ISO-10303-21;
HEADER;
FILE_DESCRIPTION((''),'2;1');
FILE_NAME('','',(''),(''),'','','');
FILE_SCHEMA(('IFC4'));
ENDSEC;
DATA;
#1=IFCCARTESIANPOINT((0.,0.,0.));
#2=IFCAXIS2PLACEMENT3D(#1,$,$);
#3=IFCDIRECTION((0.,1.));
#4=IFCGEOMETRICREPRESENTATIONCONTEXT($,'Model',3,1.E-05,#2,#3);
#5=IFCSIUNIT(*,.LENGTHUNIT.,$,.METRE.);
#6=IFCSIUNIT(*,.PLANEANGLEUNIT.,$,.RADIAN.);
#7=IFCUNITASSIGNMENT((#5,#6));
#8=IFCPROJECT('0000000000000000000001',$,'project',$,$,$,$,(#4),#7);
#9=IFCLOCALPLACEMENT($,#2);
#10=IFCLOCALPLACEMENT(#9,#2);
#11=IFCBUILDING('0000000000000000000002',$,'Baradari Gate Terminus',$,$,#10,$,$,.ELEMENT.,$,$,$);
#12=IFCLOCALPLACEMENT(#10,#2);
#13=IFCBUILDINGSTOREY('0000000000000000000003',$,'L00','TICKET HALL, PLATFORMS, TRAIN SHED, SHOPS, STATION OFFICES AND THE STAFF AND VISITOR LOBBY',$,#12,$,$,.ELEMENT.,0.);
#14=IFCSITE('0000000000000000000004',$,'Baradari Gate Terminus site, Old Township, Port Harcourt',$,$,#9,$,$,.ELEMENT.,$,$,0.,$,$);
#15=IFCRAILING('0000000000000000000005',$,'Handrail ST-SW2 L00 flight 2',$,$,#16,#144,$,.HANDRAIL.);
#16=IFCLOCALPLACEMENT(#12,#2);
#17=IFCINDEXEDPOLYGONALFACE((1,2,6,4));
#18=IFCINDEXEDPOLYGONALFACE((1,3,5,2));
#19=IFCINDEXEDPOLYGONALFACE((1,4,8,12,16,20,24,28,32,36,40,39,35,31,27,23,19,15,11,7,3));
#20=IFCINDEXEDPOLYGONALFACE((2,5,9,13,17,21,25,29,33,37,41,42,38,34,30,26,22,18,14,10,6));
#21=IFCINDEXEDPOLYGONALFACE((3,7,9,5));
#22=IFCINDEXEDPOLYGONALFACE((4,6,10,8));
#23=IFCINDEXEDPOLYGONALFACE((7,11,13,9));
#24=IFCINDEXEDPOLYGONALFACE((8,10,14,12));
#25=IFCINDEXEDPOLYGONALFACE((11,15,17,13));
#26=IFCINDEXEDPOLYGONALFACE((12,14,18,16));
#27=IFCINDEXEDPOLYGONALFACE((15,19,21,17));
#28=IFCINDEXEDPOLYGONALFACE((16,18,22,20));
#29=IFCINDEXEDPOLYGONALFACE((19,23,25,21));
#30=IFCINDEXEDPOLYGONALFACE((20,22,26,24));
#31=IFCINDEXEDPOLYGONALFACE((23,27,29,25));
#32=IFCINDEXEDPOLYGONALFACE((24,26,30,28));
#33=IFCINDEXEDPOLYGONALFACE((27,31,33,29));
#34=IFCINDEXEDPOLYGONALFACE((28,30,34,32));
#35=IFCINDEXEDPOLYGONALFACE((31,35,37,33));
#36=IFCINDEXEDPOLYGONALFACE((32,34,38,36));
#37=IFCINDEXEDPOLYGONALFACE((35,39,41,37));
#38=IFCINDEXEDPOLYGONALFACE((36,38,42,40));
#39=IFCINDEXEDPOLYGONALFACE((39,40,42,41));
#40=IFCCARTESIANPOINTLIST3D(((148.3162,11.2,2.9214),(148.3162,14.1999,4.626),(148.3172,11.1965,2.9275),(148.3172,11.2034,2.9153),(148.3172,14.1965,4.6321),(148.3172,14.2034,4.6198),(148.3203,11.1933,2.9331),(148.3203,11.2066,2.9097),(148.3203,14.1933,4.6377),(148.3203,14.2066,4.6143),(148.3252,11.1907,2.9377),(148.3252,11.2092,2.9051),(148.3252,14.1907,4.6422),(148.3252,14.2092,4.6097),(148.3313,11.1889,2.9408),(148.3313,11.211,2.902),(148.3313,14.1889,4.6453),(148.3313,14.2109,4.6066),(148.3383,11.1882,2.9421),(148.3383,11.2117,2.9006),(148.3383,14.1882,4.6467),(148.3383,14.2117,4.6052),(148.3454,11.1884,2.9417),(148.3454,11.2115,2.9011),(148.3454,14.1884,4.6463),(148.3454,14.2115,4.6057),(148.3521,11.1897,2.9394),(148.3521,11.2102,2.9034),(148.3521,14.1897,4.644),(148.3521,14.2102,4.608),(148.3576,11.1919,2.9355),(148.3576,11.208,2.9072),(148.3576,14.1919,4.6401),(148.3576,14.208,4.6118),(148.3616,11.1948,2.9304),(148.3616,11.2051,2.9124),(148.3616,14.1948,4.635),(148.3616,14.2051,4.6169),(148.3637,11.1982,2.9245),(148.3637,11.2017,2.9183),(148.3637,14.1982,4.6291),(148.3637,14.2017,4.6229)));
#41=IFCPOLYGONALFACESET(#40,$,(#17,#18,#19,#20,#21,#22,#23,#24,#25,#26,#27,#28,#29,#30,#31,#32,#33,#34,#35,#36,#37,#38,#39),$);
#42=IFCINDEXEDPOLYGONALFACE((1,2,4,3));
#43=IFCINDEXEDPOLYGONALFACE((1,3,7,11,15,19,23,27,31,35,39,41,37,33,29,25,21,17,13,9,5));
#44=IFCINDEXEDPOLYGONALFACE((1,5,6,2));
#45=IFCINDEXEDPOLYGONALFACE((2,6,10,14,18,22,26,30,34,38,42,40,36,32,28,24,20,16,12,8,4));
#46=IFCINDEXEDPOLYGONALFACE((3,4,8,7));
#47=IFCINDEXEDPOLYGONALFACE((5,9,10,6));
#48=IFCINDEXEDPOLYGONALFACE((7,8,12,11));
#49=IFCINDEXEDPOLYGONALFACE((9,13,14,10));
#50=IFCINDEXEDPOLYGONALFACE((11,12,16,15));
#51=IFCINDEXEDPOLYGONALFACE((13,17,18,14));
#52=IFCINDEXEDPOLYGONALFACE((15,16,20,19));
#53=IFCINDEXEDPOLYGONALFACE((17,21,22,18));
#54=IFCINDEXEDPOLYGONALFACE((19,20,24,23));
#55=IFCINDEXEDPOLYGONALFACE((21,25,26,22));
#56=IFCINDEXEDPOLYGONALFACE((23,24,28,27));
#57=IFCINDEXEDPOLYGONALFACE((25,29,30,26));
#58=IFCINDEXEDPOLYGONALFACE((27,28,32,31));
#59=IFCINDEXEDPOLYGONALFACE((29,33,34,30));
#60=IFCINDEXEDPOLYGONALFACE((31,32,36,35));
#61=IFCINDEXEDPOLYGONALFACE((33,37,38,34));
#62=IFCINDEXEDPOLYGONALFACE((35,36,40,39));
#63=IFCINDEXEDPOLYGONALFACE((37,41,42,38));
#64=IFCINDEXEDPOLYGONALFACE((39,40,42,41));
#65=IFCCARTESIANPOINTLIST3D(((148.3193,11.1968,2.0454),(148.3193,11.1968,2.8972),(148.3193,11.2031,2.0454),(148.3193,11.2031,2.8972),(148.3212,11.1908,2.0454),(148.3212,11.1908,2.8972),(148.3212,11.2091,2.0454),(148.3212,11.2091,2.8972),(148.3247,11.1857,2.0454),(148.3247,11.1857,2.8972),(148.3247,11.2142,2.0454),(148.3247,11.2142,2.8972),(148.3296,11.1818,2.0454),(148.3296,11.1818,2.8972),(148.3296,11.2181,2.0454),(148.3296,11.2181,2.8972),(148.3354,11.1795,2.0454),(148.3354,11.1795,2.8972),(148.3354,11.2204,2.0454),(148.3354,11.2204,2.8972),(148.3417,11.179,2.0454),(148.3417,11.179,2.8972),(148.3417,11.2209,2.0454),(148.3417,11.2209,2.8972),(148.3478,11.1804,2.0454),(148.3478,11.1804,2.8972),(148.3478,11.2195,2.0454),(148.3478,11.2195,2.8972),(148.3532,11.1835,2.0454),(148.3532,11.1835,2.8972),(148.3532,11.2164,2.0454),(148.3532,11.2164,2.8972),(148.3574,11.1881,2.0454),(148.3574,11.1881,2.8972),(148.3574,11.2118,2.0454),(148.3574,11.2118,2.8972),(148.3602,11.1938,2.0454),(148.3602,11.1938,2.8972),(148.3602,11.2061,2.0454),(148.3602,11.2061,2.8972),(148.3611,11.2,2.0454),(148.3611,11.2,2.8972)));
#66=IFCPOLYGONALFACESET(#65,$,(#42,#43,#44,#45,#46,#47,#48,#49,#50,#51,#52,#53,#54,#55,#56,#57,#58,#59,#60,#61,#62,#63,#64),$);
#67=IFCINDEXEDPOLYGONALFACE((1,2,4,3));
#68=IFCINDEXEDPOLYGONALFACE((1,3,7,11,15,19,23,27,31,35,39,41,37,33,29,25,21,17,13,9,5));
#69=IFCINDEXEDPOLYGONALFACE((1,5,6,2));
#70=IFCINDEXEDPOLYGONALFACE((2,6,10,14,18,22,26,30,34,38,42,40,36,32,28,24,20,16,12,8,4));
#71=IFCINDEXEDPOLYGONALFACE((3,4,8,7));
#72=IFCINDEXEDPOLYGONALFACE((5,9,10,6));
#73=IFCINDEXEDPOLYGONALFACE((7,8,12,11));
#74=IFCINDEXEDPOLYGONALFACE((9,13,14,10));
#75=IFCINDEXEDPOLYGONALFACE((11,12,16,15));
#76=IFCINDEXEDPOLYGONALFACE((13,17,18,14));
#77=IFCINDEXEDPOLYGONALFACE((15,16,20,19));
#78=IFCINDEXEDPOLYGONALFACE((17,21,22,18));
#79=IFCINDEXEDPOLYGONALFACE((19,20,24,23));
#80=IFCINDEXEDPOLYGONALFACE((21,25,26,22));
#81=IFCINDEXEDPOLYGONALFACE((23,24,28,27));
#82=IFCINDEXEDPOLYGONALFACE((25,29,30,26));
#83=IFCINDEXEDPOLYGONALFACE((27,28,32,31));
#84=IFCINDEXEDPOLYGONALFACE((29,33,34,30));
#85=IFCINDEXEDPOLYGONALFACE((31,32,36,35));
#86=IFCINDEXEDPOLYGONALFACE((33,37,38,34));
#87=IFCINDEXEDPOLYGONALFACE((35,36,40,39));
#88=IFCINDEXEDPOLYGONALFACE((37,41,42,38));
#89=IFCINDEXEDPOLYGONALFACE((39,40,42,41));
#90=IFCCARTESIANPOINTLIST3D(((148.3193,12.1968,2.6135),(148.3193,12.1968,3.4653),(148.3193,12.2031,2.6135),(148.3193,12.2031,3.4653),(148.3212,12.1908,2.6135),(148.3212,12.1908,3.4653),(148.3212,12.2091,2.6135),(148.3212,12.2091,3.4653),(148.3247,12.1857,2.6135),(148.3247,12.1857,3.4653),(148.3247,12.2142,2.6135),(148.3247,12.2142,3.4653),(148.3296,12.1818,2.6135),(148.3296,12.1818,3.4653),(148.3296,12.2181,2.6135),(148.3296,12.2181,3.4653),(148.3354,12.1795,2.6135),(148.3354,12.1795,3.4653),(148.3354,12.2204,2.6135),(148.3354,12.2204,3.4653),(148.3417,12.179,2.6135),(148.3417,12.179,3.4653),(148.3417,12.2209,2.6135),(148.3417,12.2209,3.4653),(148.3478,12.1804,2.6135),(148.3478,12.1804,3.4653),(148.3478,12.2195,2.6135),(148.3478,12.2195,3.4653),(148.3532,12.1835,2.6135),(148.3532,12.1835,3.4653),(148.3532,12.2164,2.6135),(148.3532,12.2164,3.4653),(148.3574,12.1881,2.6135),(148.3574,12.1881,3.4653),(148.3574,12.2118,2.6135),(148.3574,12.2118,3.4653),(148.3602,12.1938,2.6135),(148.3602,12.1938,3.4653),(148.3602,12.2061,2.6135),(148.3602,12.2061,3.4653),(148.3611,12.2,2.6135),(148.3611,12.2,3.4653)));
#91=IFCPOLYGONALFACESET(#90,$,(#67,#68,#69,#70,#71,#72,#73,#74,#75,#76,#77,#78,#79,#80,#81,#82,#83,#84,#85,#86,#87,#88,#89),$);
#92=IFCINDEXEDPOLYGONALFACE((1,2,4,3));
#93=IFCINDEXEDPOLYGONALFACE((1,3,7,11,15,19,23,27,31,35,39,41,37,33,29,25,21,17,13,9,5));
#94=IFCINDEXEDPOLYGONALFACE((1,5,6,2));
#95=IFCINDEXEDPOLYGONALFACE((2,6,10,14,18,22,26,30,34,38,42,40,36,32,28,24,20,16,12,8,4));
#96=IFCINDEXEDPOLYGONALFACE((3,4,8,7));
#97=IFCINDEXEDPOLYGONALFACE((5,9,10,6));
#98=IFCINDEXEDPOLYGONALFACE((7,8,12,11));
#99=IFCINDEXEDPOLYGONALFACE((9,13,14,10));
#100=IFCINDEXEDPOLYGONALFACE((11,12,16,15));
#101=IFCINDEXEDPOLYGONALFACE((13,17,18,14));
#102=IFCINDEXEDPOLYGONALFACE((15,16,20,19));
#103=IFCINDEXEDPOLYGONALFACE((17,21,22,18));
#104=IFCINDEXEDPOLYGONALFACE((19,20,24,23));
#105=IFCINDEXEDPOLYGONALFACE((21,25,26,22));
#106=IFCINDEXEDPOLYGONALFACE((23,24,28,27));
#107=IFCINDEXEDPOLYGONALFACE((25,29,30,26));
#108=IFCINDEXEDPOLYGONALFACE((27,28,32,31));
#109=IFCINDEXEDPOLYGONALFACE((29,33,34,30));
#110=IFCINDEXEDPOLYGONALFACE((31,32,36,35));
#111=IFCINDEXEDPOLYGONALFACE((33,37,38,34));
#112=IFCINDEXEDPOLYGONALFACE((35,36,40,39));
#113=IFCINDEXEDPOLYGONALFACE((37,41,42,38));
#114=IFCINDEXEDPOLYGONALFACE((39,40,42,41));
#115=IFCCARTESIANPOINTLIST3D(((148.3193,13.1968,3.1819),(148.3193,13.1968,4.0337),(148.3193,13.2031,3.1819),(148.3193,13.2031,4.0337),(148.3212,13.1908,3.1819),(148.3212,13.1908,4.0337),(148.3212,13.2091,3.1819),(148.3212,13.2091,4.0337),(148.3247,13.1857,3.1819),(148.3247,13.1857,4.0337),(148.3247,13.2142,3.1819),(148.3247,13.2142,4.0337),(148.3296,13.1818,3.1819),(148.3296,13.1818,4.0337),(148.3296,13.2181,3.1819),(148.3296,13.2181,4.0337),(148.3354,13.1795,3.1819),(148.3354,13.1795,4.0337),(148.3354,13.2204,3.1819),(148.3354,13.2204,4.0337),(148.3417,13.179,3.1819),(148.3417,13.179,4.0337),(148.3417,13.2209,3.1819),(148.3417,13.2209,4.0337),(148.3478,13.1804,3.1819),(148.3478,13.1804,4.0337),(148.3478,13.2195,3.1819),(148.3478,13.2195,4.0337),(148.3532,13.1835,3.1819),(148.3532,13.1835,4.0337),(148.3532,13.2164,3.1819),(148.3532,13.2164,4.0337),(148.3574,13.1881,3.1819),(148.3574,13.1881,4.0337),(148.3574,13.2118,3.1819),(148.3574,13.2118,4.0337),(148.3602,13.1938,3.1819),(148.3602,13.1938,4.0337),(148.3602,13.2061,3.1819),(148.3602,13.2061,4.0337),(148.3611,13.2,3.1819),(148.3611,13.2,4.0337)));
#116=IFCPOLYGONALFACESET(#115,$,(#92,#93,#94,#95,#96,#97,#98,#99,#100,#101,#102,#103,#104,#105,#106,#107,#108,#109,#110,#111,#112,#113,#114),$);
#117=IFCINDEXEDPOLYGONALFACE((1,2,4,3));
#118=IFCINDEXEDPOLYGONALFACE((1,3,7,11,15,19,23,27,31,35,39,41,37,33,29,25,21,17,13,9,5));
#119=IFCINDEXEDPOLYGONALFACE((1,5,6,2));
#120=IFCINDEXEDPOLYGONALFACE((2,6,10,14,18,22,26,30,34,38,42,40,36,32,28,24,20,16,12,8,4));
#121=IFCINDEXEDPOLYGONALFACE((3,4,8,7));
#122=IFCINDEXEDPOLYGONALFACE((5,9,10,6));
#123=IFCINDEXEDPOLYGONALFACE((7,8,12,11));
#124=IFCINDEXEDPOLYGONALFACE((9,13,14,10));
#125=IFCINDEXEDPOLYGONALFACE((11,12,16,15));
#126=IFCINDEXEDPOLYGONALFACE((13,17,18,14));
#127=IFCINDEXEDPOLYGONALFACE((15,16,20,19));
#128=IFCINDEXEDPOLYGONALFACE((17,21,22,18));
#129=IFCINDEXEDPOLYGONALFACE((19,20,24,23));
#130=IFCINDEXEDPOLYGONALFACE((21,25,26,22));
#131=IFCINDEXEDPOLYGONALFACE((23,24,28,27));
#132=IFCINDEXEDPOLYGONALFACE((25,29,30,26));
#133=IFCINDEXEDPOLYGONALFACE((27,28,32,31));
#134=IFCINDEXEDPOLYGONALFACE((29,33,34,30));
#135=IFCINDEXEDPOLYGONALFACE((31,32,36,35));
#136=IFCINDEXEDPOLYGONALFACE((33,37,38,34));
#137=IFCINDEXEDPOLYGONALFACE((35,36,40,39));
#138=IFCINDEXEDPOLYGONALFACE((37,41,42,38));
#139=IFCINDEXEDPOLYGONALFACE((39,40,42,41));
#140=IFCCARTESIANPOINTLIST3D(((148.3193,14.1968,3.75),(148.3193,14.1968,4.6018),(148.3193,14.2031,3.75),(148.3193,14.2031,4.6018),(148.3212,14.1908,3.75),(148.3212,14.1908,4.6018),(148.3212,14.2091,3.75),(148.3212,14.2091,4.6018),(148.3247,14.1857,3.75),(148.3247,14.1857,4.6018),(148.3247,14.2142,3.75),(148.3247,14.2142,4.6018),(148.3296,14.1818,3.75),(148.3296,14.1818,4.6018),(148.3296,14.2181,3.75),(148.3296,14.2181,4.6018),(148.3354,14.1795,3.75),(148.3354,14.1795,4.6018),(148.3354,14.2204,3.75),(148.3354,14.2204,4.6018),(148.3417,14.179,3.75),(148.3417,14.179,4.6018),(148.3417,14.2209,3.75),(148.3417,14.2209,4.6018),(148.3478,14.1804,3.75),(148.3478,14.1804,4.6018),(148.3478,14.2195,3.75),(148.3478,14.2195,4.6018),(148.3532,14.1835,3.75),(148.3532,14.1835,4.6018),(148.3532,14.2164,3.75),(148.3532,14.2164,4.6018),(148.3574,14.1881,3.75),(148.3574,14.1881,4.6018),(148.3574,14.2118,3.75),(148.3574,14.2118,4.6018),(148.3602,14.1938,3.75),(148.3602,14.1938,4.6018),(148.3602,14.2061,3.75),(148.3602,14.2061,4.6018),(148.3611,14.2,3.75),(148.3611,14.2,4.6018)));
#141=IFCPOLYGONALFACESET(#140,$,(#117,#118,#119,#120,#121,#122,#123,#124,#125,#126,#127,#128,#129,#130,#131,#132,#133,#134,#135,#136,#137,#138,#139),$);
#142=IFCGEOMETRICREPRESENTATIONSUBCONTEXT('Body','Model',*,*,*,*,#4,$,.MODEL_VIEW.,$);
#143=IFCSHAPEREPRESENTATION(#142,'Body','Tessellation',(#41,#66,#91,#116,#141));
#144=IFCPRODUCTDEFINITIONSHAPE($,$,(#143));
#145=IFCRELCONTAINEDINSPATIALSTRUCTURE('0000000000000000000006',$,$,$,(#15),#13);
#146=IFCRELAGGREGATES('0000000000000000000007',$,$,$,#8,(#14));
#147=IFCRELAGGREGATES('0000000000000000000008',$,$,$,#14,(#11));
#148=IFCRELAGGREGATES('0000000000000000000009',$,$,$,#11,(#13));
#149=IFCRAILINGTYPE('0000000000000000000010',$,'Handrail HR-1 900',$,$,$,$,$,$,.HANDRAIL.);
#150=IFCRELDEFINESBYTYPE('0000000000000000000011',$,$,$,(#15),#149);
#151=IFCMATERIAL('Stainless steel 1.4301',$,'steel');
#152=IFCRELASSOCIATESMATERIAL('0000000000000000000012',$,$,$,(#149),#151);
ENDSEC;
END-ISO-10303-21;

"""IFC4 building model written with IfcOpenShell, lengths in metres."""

from ifc_helpers import new_model, si_unit, direction, frame, origin, origin_2d, place, context, subcontext, project, spatial, circle, extrude, material, type_object, element, save


model = new_model("IFC4")

# Units and contexts
model_context = context("Model", 3, precision=1e-05, world=origin(), true_north=direction((0.0, 1.0)))
body_context = subcontext(model_context, "Body", "Model", "MODEL_VIEW")
ifc_project = project(units=[si_unit("LENGTHUNIT", "METRE"), si_unit("PLANEANGLEUNIT", "RADIAN")], contexts=[model_context])

# Site, building, storey
site_placement = place(None, origin())
site = spatial("IfcSite", under=ifc_project, at=site_placement, Name="Baradari Gate Terminus site, Old Township, Port Harcourt", CompositionType="ELEMENT", RefElevation=0.0)
building_placement = place(site_placement, origin())
building = spatial("IfcBuilding", under=site, at=building_placement, Name="Baradari Gate Terminus", CompositionType="ELEMENT")
storey_placement = place(building_placement, origin())
storey = spatial("IfcBuildingStorey", under=building, at=storey_placement, Name="L00", Description="TICKET HALL, PLATFORMS, TRAIN SHED, SHOPS, STATION OFFICES AND THE STAFF AND VISITOR LOBBY", CompositionType="ELEMENT", Elevation=0.0)

# Railing
ifc_material_1 = material(Name="Stainless steel 1.4301", Category="steel")
railing_type_1 = type_object("IfcRailingType", Name="Handrail HR-1 900", PredefinedType="HANDRAIL", material=ifc_material_1)
for number, where, name in (
    (1, (148.3401, 11.2, 2.0454), "Handrail ST-SW2 L00 flight 2"),
):
    element("IfcRailing", number, at=place(storey_placement, frame(where)), inside=storey, type_object=railing_type_1, Name=name, PredefinedType="HANDRAIL", context=body_context, shape_type="SweptSolid", body=[
        extrude(circle(Radius=0.0239, at=origin_2d()), frame((0.0, 0.0, 0.876), z_axis=(0.0, 0.869451, 0.494019), x_axis=(-1.0, 0.0, 0.0)), (0.0, 0.0, 1.0), 3.4504),
        extrude(circle(Radius=0.021, at=origin_2d()), origin(), (0.0, 0.0, 1.0), 0.8518),
        extrude(circle(Radius=0.021, at=origin_2d()), frame((0.0, 1.0, 0.5681)), (0.0, 0.0, 1.0), 0.8518),
        extrude(circle(Radius=0.021, at=origin_2d()), frame((0.0, 2.0, 1.1365)), (0.0, 0.0, 1.0), 0.8518),
        extrude(circle(Radius=0.021, at=origin_2d()), frame((0.0, 3.0, 1.7046)), (0.0, 0.0, 1.0), 0.8518),
    ])

save(model, "model.ifc")
